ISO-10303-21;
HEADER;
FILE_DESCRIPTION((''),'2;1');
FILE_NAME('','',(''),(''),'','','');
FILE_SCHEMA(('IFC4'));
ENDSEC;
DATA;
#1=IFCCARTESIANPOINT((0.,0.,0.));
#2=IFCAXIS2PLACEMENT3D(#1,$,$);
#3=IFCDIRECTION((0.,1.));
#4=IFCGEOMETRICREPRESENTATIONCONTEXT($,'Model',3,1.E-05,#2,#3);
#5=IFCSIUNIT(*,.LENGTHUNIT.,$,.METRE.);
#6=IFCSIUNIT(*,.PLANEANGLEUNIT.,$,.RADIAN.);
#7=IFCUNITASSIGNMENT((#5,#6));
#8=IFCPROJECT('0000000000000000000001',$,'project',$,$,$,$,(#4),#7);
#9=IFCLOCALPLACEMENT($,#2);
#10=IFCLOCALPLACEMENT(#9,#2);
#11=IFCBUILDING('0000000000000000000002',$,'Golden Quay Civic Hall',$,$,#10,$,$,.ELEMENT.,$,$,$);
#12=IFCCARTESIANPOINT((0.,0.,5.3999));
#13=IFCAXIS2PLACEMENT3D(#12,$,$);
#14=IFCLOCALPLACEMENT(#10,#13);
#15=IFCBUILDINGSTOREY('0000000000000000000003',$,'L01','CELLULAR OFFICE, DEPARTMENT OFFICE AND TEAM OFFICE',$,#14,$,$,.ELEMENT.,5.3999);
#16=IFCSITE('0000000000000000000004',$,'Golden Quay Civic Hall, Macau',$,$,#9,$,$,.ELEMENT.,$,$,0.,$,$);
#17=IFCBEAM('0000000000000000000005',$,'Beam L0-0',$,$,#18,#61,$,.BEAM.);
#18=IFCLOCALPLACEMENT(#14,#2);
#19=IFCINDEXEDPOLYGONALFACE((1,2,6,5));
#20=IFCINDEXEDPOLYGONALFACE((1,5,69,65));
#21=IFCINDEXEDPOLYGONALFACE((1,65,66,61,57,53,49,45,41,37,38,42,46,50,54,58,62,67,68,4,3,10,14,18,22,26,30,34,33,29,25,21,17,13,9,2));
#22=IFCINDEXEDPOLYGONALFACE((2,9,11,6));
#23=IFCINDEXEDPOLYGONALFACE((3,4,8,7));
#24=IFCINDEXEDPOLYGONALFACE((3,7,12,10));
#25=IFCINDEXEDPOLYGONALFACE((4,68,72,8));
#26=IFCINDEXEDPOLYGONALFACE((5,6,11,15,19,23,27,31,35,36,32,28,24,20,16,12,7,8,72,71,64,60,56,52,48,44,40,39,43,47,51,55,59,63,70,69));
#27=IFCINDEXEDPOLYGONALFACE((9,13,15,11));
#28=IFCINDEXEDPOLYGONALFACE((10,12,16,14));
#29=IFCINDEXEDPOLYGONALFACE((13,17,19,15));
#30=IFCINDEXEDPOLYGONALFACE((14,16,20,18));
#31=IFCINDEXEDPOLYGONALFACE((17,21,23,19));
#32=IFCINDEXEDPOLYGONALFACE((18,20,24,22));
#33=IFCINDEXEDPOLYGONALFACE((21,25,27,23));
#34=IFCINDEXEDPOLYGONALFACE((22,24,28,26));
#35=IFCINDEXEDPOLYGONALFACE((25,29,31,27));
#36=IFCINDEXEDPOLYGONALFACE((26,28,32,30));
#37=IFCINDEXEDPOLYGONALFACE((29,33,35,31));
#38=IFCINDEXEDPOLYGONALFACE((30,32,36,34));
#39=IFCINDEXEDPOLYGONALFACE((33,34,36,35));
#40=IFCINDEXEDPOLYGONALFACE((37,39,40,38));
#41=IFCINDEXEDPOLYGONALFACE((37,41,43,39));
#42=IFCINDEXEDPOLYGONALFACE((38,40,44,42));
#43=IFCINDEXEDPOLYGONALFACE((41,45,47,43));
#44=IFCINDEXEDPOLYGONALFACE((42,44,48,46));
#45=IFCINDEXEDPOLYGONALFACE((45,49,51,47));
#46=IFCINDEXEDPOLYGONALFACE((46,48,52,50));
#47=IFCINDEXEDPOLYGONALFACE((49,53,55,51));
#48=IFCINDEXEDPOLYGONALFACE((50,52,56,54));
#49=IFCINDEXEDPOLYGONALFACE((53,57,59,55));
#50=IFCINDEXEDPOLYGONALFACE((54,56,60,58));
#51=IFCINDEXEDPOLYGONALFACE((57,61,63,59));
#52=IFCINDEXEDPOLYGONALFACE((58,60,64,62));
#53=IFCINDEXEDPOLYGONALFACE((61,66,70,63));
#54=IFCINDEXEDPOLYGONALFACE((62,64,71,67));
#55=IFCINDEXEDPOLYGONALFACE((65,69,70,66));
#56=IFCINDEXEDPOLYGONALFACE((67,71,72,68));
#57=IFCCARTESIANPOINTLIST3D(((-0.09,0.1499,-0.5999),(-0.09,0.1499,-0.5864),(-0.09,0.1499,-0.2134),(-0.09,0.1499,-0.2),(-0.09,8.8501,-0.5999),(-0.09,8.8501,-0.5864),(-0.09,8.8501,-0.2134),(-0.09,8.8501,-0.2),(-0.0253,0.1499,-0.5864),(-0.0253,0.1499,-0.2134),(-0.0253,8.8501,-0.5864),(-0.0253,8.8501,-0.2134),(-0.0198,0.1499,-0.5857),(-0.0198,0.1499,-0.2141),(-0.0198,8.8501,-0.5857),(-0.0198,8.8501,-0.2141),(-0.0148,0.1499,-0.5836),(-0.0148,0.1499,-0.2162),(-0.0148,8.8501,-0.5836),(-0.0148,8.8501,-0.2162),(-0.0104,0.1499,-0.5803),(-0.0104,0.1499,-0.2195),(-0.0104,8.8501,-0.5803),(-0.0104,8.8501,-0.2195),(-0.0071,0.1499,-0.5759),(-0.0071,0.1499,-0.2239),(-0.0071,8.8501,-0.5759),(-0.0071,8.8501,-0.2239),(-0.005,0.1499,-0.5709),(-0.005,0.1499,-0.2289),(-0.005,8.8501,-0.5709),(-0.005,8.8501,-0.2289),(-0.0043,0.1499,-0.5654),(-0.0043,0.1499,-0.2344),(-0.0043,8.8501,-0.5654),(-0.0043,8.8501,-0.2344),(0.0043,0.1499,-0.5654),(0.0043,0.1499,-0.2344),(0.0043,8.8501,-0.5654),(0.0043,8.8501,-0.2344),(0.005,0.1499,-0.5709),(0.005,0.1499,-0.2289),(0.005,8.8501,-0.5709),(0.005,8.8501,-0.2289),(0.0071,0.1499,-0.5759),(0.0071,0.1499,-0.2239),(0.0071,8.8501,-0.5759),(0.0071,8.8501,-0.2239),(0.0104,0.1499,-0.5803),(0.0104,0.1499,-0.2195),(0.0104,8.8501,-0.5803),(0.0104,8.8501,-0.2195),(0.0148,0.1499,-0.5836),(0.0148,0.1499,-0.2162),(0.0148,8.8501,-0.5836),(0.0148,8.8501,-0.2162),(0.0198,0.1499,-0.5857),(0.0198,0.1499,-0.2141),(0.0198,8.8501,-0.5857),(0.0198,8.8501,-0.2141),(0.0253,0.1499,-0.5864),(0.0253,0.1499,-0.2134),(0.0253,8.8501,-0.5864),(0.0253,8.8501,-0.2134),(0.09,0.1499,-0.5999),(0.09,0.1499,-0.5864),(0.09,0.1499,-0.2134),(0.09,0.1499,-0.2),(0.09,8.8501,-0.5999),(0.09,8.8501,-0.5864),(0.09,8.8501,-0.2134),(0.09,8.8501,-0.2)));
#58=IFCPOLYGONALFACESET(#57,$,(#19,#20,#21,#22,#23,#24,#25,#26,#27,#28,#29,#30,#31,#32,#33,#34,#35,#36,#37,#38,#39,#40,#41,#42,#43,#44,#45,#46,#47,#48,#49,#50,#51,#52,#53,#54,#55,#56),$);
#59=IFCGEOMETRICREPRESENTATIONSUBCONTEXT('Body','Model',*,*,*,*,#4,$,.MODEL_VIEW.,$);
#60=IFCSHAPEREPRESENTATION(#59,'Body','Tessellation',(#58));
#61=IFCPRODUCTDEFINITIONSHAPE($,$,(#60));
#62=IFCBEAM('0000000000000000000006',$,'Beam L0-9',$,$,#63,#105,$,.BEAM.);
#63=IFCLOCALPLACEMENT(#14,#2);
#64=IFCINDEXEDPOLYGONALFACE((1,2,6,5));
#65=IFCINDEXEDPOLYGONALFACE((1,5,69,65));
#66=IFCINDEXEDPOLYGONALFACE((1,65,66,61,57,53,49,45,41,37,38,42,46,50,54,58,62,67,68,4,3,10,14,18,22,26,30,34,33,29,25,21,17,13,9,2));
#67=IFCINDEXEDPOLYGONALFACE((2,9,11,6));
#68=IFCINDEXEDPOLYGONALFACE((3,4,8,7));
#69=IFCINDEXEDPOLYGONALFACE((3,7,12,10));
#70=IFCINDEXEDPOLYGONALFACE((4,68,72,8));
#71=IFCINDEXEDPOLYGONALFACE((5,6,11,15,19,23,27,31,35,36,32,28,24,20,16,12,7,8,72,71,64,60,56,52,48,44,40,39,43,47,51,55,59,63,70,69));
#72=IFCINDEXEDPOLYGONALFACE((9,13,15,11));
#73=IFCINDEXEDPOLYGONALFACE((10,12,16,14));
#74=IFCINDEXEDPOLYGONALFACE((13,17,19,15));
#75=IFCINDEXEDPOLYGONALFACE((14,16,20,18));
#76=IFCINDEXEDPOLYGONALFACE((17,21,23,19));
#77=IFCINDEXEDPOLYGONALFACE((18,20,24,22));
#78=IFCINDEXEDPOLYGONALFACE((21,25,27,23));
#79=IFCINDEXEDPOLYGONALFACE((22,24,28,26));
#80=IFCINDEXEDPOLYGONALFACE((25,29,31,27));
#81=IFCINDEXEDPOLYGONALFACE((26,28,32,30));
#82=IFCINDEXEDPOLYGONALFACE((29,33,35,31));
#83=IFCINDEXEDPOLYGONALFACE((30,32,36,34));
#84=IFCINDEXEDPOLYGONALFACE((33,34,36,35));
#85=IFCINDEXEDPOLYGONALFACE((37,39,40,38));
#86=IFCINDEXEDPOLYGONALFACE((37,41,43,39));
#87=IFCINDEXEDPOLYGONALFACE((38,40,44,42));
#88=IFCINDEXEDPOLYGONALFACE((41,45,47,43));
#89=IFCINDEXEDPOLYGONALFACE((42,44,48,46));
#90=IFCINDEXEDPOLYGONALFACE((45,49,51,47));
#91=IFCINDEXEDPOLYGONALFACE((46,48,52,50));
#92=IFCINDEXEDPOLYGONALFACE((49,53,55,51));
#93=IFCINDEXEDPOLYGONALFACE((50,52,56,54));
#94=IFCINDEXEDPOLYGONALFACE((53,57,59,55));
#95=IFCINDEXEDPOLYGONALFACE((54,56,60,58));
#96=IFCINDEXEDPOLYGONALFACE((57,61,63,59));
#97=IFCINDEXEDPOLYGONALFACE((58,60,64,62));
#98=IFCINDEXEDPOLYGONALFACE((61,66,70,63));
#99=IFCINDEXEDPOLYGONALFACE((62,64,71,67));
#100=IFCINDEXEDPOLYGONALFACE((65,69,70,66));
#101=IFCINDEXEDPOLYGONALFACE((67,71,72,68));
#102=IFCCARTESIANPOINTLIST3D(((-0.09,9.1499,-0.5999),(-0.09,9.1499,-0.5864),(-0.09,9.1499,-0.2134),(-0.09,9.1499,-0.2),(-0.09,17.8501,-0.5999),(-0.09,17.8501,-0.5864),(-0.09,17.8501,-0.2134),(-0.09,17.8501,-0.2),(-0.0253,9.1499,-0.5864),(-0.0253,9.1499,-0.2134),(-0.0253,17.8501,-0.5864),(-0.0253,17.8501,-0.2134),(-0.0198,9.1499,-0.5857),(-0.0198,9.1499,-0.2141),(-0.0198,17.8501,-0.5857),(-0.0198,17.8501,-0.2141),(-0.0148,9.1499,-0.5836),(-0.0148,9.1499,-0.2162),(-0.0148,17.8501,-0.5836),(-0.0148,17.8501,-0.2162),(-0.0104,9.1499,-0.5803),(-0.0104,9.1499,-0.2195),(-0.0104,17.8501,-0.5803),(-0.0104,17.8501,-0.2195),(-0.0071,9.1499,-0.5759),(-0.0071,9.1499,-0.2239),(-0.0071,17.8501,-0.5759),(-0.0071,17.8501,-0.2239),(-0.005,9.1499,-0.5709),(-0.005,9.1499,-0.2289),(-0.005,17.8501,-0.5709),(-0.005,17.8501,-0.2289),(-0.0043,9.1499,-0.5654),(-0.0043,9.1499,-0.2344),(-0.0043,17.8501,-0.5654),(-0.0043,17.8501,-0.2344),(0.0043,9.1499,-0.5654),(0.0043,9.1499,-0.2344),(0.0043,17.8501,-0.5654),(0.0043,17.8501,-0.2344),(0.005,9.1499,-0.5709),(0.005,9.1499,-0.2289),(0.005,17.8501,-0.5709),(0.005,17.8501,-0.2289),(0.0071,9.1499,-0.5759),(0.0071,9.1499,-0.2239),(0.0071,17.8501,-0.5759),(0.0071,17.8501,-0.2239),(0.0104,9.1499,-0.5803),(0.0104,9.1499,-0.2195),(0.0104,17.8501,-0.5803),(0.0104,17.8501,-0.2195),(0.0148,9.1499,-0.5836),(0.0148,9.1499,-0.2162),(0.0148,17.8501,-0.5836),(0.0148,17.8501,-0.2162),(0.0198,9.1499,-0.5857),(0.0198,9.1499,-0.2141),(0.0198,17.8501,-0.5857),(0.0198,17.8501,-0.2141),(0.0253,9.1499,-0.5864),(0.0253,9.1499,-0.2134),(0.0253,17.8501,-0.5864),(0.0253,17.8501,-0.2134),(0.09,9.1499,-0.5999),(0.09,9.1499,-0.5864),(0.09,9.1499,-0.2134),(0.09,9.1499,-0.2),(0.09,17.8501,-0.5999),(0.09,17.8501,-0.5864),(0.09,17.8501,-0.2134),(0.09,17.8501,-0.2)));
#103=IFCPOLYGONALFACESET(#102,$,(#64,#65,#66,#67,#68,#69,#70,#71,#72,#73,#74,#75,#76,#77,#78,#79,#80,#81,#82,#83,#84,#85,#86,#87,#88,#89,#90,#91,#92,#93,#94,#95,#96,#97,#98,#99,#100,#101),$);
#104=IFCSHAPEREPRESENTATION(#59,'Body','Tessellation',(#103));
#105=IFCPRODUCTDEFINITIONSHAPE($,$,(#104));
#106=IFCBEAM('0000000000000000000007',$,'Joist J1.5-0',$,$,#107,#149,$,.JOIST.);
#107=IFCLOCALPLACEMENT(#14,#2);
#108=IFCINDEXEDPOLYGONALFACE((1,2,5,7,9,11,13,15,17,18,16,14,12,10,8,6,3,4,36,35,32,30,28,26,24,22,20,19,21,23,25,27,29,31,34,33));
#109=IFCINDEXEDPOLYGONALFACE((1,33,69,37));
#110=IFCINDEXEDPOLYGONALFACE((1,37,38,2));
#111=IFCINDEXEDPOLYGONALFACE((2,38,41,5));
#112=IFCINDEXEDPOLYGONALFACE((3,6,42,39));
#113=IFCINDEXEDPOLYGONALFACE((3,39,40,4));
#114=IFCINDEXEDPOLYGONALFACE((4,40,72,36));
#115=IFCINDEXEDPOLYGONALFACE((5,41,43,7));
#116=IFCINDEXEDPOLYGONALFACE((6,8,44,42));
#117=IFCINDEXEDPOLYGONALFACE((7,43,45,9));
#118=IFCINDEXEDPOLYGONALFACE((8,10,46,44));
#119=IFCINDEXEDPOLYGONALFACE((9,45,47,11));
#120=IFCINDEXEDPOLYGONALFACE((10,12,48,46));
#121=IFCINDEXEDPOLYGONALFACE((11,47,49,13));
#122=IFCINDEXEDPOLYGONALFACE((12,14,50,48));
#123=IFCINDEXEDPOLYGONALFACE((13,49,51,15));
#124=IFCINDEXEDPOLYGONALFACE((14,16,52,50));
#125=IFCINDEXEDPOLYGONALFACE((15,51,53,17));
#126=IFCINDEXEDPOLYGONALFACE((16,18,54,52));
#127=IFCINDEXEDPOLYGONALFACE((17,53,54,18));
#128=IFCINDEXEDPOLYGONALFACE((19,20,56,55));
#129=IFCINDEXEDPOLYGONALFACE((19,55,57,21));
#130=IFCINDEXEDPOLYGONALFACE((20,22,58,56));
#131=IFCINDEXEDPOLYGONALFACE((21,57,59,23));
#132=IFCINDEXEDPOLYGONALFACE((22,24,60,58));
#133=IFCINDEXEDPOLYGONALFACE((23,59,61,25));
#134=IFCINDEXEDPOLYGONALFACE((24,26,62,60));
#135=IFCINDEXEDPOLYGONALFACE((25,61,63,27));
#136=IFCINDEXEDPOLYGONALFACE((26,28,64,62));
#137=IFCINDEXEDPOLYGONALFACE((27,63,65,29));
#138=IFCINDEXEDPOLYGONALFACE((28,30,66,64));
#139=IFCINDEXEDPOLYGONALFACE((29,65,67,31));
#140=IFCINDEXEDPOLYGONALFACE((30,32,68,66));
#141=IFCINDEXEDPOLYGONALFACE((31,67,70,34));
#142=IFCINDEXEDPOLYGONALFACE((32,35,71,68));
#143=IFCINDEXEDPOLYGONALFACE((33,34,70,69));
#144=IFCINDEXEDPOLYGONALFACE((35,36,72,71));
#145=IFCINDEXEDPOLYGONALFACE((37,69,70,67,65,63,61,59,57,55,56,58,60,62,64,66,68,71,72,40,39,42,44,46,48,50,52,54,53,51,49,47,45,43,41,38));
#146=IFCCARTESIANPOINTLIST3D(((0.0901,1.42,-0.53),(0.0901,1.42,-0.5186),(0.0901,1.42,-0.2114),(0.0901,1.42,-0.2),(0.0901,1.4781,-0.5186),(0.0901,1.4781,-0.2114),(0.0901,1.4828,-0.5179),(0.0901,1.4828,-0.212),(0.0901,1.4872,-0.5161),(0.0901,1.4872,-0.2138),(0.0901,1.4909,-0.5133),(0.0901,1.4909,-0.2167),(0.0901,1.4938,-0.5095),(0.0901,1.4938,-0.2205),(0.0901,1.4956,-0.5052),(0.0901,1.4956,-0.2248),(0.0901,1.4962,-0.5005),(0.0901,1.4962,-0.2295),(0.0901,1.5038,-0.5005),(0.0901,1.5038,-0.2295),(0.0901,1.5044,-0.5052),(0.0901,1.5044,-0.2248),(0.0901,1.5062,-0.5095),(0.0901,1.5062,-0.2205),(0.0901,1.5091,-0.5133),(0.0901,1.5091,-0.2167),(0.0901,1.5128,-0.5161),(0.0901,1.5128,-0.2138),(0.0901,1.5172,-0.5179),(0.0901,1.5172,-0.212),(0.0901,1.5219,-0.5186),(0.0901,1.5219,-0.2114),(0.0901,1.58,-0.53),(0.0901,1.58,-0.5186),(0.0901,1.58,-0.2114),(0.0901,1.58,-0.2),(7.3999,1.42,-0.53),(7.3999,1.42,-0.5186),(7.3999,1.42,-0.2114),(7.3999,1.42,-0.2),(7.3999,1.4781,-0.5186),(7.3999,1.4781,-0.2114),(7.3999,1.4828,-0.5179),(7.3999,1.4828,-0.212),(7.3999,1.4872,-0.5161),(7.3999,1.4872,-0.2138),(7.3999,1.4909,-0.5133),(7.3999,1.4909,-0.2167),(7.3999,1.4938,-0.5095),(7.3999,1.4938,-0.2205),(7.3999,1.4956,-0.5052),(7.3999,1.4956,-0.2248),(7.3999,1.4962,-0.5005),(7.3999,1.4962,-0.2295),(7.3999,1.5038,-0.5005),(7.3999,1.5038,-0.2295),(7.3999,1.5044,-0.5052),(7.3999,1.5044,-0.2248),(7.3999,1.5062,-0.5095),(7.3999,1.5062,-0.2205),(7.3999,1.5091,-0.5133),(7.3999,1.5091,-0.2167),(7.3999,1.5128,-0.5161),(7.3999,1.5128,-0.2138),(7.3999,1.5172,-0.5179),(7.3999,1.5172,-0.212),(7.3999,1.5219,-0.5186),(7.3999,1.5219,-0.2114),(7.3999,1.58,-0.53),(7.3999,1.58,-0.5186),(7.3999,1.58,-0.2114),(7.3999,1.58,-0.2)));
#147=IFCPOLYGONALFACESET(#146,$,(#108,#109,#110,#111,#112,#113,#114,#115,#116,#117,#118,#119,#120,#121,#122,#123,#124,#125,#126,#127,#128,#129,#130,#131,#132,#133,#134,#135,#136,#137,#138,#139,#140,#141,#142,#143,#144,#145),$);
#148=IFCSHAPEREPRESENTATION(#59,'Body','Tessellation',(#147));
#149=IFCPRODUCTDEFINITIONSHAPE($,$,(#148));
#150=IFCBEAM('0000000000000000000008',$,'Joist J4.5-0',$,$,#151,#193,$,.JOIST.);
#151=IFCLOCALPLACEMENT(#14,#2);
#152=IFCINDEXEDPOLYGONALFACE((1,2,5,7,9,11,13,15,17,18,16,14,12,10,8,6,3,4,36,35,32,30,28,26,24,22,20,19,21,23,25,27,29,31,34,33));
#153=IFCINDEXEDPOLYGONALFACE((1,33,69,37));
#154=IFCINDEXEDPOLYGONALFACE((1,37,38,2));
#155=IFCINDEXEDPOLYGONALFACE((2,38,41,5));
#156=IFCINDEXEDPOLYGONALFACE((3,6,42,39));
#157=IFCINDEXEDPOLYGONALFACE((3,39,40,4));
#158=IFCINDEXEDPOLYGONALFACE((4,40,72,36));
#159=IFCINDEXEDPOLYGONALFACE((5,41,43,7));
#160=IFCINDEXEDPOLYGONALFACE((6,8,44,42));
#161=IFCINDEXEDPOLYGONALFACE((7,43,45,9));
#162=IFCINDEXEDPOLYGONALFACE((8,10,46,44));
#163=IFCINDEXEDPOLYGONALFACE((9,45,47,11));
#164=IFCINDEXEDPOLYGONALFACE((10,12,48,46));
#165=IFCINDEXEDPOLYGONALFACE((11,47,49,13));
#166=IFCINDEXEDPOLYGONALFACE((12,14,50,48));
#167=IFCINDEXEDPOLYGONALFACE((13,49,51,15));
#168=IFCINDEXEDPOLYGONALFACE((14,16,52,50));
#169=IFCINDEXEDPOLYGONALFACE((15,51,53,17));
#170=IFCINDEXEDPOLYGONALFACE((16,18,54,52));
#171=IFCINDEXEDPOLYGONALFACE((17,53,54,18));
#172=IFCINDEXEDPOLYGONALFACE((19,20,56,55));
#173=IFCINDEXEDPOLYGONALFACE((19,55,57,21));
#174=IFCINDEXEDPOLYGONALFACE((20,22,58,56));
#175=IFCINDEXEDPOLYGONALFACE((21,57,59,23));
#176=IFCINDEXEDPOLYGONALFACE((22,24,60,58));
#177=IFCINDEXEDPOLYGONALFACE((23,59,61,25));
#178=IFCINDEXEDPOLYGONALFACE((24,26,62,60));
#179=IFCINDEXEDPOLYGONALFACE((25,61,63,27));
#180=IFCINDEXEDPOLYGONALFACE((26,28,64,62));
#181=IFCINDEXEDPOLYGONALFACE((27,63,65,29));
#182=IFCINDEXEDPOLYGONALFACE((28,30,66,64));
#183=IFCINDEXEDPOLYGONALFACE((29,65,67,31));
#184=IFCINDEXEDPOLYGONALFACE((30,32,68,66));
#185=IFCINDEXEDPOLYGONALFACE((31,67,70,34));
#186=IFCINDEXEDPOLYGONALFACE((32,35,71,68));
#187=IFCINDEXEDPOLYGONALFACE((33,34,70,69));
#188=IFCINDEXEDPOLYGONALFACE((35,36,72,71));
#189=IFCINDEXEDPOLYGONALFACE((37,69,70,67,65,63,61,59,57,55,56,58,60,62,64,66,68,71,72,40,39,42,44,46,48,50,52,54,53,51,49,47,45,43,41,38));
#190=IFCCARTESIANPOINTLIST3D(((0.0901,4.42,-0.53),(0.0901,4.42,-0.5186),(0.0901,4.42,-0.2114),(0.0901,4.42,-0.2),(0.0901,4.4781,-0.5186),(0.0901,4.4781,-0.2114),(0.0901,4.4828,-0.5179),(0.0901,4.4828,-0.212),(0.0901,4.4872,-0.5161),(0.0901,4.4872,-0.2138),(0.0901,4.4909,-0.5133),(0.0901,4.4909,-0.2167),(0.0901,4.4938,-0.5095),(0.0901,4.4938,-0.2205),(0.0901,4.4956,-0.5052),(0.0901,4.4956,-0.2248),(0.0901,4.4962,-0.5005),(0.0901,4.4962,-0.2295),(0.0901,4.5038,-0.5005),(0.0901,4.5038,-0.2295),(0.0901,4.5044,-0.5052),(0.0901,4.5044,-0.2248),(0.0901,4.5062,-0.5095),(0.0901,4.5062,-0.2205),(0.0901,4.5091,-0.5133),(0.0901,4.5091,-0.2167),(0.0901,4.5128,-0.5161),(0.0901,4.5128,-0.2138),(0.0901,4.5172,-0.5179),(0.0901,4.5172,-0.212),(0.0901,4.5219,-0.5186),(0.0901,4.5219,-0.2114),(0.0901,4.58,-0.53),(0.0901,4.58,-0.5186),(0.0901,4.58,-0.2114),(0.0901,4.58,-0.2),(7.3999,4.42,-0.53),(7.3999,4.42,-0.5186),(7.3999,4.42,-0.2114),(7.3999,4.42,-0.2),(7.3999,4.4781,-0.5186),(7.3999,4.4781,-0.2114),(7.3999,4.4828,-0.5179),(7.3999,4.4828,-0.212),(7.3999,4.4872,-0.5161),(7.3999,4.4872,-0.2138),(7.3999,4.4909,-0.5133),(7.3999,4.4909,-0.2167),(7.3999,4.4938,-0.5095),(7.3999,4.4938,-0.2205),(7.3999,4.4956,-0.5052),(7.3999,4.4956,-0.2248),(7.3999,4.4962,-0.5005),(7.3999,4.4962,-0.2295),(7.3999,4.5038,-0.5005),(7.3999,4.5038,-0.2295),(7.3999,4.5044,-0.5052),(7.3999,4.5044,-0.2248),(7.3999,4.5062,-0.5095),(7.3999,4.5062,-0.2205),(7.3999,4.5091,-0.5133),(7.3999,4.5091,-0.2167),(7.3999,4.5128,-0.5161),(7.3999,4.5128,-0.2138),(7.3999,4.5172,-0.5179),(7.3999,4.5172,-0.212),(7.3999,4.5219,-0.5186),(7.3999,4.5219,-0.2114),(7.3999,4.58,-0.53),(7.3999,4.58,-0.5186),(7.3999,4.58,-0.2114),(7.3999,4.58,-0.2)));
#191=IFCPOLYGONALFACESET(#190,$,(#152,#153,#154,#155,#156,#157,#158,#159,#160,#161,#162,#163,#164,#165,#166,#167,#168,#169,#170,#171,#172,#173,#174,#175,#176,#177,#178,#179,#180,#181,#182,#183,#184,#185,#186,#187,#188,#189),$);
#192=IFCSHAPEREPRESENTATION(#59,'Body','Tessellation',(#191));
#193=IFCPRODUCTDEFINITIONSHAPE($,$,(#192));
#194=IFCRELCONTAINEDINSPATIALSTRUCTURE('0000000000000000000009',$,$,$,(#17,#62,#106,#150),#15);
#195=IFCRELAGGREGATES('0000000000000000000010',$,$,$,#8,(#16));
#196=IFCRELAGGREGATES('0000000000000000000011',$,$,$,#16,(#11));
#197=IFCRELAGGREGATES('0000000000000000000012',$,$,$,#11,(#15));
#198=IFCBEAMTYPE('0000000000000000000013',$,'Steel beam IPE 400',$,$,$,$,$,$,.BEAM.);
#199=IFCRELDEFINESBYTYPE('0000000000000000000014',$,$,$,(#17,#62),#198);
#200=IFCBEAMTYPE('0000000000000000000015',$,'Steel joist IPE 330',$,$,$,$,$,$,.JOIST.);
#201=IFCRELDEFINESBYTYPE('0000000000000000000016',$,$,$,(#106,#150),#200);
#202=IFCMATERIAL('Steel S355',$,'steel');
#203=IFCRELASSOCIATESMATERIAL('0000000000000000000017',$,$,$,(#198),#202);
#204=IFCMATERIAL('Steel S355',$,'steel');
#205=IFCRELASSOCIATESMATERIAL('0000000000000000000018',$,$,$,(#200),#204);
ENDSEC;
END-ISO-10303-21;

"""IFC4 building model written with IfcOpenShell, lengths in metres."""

from ifc_helpers import new_model, si_unit, direction, frame, origin, origin_2d, place, context, subcontext, project, spatial, i_section, extrude, material, material_profile, profile_set, type_object, element, save


model = new_model("IFC4")

# Units and contexts
model_context = context("Model", 3, precision=1e-05, world=origin(), true_north=direction((0.0, 1.0)))
body_context = subcontext(model_context, "Body", "Model", "MODEL_VIEW")
ifc_project = project(units=[si_unit("LENGTHUNIT", "METRE"), si_unit("PLANEANGLEUNIT", "RADIAN")], contexts=[model_context])

# Site, building, storey
site_placement = place(None, origin())
site = spatial("IfcSite", under=ifc_project, at=site_placement, Name="Golden Quay Civic Hall, Macau", CompositionType="ELEMENT", RefElevation=0.0)
building_placement = place(site_placement, origin())
building = spatial("IfcBuilding", under=site, at=building_placement, Name="Golden Quay Civic Hall", CompositionType="ELEMENT")
storey_placement = place(building_placement, frame((0.0, 0.0, 5.3999)))
storey = spatial("IfcBuildingStorey", under=building, at=storey_placement, Name="L01", Description="CELLULAR OFFICE, DEPARTMENT OFFICE AND TEAM OFFICE", CompositionType="ELEMENT", Elevation=5.3999)

# Beams
ifc_material_1 = material(Name="Steel S355", Category="steel")
ifc_material_profile_1 = material_profile(ifc_material_1, i_section(OverallWidth=0.1799, OverallDepth=0.3999, WebThickness=0.0085, FlangeThickness=0.0134, FilletRadius=0.021, at=origin_2d()), Name="IPE 400")
ifc_profile_set_1 = profile_set([ifc_material_profile_1], Name="Steel S355")
beam_type_1 = type_object("IfcBeamType", Name="Steel beam IPE 400", PredefinedType="BEAM", material=ifc_profile_set_1)
for number, where, z_axis, x_axis, name in (
    (1, (0.0, 0.1499, -0.3999), (0.0, 1.0, 0.0), (-1.0, 0.0, 0.0), "Beam L0-0"),
    (2, (0.0, 9.1499, -0.3999), (0.0, 1.0, 0.0), (-1.0, 0.0, 0.0), "Beam L0-9"),
):
    element("IfcBeam", number, at=place(storey_placement, frame(where, z_axis=z_axis, x_axis=x_axis)), inside=storey, type_object=beam_type_1, Name=name, PredefinedType="BEAM", context=body_context, shape_type="SweptSolid", body=[
        extrude(i_section(OverallWidth=0.1799, OverallDepth=0.3999, WebThickness=0.0085, FlangeThickness=0.0134, FilletRadius=0.021, at=origin_2d()), origin(), (0.0, 0.0, 1.0), 8.7002),
    ])
ifc_material_2 = material(Name="Steel S355", Category="steel")
ifc_material_profile_2 = material_profile(ifc_material_2, i_section(OverallWidth=0.1599, OverallDepth=0.3301, WebThickness=0.0076, FlangeThickness=0.0115, FilletRadius=0.0181, at=origin_2d()), Name="IPE 330")
ifc_profile_set_2 = profile_set([ifc_material_profile_2], Name="Steel S355")
beam_type_2 = type_object("IfcBeamType", Name="Steel joist IPE 330", PredefinedType="JOIST", material=ifc_profile_set_2)
for number, where, z_axis, x_axis, name in (
    (3, (0.0901, 1.5, -0.365), (1.0, 0.0, 0.0), (0.0, 1.0, 0.0), "Joist J1.5-0"),
    (4, (0.0901, 4.5, -0.365), (1.0, 0.0, 0.0), (0.0, 1.0, 0.0), "Joist J4.5-0"),
):
    element("IfcBeam", number, at=place(storey_placement, frame(where, z_axis=z_axis, x_axis=x_axis)), inside=storey, type_object=beam_type_2, Name=name, PredefinedType="JOIST", context=body_context, shape_type="SweptSolid", body=[
        extrude(i_section(OverallWidth=0.1599, OverallDepth=0.3301, WebThickness=0.0076, FlangeThickness=0.0115, FilletRadius=0.0181, at=origin_2d()), origin(), (0.0, 0.0, 1.0), 7.3098),
    ])

save(model, "model.ifc")
